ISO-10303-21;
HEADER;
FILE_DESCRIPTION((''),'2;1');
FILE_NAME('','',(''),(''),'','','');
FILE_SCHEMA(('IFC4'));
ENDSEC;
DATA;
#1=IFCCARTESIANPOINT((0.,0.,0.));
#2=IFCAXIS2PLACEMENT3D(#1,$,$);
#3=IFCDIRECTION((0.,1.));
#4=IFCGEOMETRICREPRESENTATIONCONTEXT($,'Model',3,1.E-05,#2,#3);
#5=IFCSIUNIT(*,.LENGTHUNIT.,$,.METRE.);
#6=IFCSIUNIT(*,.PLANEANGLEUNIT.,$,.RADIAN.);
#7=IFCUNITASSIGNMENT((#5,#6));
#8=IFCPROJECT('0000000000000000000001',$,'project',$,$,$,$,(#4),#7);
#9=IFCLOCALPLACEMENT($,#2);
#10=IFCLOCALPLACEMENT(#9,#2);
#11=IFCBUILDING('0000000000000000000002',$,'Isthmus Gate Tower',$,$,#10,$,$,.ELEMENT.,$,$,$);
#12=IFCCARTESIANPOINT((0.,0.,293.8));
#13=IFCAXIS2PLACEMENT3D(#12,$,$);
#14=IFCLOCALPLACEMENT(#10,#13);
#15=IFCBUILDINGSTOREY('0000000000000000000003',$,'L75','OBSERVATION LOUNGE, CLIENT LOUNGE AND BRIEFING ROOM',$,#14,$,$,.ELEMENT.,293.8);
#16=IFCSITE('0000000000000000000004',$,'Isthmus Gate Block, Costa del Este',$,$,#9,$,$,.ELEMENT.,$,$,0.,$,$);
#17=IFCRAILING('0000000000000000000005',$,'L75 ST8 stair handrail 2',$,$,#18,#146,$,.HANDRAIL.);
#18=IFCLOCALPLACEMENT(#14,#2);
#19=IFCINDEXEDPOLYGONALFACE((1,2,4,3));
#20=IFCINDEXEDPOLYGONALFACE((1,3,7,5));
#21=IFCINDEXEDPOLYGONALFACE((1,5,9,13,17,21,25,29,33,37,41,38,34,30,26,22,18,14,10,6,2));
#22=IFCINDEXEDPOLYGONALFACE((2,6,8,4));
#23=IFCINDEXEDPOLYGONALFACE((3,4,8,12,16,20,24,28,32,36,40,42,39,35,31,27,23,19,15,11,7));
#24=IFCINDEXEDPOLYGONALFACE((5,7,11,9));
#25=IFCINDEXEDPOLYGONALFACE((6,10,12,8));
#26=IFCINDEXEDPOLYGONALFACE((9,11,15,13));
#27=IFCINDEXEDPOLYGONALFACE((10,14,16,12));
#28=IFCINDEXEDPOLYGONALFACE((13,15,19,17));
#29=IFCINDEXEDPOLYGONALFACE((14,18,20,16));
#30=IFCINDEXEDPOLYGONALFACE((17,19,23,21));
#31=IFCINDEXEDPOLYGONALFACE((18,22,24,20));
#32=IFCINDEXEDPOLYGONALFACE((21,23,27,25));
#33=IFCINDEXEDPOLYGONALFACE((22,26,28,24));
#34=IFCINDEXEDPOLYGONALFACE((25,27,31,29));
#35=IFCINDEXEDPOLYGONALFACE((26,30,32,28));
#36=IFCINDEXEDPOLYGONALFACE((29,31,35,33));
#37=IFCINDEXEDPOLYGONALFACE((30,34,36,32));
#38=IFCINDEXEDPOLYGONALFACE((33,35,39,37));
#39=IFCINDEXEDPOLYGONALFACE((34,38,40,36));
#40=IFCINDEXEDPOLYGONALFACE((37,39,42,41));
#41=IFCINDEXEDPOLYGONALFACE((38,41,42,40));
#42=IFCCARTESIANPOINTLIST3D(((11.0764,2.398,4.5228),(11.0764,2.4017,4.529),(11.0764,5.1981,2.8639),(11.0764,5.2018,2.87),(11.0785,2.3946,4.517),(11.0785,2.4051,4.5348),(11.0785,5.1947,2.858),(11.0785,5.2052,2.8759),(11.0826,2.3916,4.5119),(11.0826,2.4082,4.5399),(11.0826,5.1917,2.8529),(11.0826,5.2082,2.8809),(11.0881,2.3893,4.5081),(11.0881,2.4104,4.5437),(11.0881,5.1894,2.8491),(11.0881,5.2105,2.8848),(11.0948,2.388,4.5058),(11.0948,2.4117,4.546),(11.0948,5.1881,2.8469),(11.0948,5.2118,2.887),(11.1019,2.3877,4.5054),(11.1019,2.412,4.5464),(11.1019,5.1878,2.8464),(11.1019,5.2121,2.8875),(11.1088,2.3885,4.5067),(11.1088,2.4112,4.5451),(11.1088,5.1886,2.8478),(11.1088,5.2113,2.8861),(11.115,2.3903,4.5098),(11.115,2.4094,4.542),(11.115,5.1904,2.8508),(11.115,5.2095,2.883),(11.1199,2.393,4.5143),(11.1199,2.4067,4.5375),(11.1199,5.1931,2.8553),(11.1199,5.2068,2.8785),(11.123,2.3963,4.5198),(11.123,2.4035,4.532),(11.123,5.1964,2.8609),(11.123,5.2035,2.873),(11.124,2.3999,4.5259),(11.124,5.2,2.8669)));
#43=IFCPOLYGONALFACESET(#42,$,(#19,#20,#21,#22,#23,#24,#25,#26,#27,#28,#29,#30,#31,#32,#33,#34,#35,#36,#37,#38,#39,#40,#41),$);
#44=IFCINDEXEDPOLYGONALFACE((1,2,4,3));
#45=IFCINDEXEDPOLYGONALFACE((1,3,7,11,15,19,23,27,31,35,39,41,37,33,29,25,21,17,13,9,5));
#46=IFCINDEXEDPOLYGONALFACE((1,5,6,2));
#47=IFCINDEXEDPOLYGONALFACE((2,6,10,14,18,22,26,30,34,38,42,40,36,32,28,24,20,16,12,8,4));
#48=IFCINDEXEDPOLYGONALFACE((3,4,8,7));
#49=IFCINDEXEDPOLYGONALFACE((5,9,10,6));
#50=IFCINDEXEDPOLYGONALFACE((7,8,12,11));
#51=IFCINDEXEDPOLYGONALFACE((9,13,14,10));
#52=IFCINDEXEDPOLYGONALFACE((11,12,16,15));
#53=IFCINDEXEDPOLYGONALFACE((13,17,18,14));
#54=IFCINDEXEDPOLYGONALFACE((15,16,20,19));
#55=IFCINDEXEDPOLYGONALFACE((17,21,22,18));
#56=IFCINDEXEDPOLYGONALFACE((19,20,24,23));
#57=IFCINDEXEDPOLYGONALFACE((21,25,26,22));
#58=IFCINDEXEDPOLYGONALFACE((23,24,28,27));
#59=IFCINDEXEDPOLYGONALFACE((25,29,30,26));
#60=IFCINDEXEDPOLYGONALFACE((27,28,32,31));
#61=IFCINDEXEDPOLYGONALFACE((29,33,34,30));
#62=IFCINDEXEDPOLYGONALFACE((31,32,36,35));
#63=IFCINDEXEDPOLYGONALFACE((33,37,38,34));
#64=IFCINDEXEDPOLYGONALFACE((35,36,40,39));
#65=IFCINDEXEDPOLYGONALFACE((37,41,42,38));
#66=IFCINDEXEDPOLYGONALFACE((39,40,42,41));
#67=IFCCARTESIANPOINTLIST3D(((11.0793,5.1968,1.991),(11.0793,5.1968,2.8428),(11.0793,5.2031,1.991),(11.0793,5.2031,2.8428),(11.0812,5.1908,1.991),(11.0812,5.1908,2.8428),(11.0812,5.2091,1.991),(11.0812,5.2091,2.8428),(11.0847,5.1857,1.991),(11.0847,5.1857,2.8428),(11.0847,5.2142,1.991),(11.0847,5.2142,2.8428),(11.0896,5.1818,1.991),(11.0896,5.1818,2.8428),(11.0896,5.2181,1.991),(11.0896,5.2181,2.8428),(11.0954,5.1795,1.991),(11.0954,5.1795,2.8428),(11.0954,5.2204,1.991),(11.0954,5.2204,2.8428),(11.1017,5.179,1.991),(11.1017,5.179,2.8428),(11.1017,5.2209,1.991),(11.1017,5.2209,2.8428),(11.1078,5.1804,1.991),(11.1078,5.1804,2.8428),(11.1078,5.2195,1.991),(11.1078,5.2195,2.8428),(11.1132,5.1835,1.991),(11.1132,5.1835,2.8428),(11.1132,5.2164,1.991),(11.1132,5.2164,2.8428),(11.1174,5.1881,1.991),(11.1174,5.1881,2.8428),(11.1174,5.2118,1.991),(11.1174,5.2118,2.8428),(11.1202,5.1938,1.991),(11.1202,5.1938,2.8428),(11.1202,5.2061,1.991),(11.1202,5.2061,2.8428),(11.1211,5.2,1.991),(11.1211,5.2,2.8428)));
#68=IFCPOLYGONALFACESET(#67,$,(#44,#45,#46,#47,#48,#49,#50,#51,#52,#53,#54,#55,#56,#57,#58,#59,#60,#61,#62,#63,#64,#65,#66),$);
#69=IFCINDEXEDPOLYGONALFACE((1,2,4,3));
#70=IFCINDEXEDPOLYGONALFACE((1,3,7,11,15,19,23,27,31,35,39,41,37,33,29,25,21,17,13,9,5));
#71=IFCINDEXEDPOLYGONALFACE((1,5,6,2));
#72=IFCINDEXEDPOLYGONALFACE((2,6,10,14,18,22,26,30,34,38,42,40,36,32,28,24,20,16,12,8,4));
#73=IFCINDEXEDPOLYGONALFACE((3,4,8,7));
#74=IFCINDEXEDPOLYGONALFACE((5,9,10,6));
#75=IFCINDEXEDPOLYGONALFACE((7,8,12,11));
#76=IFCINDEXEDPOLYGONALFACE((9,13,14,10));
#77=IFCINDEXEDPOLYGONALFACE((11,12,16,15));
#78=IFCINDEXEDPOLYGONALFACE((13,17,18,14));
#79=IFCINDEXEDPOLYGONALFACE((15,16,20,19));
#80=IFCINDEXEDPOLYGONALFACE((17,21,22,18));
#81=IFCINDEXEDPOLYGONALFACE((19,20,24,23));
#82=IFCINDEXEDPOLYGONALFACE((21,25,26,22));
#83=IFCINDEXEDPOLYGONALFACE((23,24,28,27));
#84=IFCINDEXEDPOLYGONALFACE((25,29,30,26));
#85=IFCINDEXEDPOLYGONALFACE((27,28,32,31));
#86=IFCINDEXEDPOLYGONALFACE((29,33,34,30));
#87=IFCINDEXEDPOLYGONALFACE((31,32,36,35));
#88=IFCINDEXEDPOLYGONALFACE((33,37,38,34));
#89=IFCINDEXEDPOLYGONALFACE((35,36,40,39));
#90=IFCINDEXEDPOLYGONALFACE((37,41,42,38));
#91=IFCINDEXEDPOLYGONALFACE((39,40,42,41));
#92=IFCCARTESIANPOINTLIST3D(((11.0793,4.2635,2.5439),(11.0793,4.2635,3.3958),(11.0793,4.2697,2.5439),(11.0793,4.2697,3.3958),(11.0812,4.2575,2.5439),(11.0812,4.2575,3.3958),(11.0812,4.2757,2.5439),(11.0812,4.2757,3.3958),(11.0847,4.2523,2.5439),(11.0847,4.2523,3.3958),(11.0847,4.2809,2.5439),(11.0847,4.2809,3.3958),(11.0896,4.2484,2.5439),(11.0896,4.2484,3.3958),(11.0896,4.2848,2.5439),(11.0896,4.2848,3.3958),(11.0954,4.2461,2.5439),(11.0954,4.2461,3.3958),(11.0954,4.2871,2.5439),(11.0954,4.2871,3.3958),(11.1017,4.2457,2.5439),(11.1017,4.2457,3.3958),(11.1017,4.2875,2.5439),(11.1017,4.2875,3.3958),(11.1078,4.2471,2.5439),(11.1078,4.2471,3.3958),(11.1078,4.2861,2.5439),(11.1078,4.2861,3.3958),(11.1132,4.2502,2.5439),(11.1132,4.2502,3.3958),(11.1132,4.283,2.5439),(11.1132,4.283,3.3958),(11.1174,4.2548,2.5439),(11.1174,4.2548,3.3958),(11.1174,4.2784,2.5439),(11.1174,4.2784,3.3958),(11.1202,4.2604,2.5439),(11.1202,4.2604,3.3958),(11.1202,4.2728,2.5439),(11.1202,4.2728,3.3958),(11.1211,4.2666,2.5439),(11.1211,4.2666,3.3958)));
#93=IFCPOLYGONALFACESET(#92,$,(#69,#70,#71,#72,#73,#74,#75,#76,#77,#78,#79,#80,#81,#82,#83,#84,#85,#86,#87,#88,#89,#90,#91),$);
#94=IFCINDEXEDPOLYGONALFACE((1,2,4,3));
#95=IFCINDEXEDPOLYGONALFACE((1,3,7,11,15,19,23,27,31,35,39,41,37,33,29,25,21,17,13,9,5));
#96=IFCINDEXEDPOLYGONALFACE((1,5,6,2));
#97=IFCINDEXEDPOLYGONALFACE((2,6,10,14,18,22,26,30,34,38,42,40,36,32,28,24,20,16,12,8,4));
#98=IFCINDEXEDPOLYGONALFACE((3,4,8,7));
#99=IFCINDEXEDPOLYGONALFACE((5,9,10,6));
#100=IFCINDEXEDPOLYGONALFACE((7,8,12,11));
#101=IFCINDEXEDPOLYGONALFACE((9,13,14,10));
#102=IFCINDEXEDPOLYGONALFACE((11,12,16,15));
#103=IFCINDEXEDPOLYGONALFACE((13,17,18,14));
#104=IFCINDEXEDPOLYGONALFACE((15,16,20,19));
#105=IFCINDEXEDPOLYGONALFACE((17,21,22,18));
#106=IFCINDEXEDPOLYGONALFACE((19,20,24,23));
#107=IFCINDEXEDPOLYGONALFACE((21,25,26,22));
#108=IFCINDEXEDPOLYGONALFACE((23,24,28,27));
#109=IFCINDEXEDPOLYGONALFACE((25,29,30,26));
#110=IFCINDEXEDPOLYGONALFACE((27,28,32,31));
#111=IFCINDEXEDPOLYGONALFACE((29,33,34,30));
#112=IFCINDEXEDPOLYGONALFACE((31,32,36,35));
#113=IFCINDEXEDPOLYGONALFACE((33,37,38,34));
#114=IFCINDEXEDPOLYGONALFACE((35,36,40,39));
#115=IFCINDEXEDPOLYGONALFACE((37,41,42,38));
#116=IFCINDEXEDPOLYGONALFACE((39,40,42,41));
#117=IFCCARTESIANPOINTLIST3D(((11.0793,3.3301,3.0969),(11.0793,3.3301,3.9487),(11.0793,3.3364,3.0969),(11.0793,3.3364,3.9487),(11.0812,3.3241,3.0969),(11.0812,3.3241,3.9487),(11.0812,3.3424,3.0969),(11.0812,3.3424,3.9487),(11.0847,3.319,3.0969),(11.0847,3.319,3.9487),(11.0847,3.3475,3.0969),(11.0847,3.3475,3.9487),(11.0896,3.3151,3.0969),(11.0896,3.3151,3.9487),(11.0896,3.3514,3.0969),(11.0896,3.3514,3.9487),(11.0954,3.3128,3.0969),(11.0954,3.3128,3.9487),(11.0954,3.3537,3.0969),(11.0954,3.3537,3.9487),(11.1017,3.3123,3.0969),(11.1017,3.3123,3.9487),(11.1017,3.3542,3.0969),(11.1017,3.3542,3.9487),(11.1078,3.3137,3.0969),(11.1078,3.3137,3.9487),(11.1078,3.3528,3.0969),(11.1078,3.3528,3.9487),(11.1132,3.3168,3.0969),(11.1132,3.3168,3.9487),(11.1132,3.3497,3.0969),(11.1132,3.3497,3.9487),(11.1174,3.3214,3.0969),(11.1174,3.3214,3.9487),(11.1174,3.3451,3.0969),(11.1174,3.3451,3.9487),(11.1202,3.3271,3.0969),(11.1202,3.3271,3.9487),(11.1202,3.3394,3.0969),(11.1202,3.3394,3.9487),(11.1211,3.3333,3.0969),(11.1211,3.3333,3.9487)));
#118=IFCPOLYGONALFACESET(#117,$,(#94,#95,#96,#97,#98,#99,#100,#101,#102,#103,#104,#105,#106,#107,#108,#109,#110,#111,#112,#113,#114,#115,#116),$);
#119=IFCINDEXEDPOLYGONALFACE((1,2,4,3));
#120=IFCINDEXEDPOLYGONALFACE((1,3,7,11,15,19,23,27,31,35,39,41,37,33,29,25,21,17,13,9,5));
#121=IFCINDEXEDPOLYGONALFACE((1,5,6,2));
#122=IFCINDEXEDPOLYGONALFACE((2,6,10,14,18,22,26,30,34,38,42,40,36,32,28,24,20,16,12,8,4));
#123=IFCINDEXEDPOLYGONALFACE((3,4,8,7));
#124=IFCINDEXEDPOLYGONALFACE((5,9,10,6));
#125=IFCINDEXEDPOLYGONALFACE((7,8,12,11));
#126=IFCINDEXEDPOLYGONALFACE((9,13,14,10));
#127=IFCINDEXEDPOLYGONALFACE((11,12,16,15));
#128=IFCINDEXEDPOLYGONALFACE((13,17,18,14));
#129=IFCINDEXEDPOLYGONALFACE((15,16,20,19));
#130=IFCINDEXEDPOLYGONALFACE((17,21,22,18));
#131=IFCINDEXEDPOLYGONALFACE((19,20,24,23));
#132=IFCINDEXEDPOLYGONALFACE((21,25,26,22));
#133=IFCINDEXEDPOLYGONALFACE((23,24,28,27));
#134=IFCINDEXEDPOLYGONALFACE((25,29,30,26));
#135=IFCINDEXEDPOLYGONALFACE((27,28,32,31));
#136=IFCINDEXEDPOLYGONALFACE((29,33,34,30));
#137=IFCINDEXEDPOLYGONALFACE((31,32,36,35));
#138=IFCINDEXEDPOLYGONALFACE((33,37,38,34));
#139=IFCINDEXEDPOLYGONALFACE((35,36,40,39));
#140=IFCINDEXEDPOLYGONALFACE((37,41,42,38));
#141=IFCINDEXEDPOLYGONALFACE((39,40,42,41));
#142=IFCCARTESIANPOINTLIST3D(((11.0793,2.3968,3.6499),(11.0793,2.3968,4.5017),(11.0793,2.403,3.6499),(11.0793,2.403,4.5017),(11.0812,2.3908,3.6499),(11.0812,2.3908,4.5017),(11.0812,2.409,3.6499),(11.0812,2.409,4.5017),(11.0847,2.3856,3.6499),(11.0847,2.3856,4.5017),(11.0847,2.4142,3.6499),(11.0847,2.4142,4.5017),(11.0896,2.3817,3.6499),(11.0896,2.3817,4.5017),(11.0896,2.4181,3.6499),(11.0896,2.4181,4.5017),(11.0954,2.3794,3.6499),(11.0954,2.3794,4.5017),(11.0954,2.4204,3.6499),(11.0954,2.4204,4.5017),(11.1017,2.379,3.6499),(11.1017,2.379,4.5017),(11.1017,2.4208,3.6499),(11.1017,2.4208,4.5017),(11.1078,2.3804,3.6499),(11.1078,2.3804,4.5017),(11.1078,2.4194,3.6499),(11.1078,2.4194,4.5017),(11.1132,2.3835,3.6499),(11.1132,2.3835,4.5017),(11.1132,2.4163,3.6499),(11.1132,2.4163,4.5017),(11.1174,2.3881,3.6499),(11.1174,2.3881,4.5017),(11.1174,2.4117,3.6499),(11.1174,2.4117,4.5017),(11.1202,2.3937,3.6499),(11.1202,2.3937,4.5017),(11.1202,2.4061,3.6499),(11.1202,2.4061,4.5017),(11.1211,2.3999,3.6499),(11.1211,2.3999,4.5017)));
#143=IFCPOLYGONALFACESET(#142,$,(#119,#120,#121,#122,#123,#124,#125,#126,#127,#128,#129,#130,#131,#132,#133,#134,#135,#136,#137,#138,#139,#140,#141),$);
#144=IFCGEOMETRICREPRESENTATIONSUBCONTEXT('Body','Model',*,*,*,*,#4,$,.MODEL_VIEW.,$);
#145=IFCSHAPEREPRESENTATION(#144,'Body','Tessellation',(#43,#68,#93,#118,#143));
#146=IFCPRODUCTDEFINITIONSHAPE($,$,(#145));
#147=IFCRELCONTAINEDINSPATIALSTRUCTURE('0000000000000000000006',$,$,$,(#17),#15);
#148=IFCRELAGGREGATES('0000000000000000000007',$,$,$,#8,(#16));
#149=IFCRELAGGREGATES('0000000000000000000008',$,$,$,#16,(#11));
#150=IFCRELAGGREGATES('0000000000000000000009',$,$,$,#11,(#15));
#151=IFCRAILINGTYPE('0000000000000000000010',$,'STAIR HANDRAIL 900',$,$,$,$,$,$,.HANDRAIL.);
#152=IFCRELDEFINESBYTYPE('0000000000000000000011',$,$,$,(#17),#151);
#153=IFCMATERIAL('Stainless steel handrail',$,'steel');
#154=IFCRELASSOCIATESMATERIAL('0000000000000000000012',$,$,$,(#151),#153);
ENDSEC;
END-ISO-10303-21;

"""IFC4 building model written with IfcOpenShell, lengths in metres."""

from ifc_helpers import new_model, si_unit, direction, frame, origin, origin_2d, place, context, subcontext, project, spatial, circle, extrude, material, type_object, element, save


model = new_model("IFC4")

# Units and contexts
model_context = context("Model", 3, precision=1e-05, world=origin(), true_north=direction((0.0, 1.0)))
body_context = subcontext(model_context, "Body", "Model", "MODEL_VIEW")
ifc_project = project(units=[si_unit("LENGTHUNIT", "METRE"), si_unit("PLANEANGLEUNIT", "RADIAN")], contexts=[model_context])

# Site, building, storey
site_placement = place(None, origin())
site = spatial("IfcSite", under=ifc_project, at=site_placement, Name="Isthmus Gate Block, Costa del Este", CompositionType="ELEMENT", RefElevation=0.0)
building_placement = place(site_placement, origin())
building = spatial("IfcBuilding", under=site, at=building_placement, Name="Isthmus Gate Tower", CompositionType="ELEMENT")
storey_placement = place(building_placement, frame((0.0, 0.0, 293.8)))
storey = spatial("IfcBuildingStorey", under=building, at=storey_placement, Name="L75", Description="OBSERVATION LOUNGE, CLIENT LOUNGE AND BRIEFING ROOM", CompositionType="ELEMENT", Elevation=293.8)

# Railing
ifc_material_1 = material(Name="Stainless steel handrail", Category="steel")
railing_type_1 = type_object("IfcRailingType", Name="STAIR HANDRAIL 900", PredefinedType="HANDRAIL", material=ifc_material_1)
railing_1_placement = place(storey_placement, frame((11.1001, 5.2, 1.991)))
element("IfcRailing", 1, at=railing_1_placement, inside=storey, type_object=railing_type_1, Name="L75 ST8 stair handrail 2", PredefinedType="HANDRAIL", context=body_context, shape_type="SweptSolid", body=[
    extrude(circle(Radius=0.0239, at=origin_2d()), frame((0.0, 0.0, 0.876), z_axis=(0.0, -0.860339, 0.509722), x_axis=(1.0, 0.0, 0.0)), (0.0, 0.0, 1.0), 3.2546),
    extrude(circle(Radius=0.021, at=origin_2d()), origin(), (0.0, 0.0, 1.0), 0.8518),
    extrude(circle(Radius=0.021, at=origin_2d()), frame((0.0, -0.9333, 0.553)), (0.0, 0.0, 1.0), 0.8518),
    extrude(circle(Radius=0.021, at=origin_2d()), frame((0.0, -1.8667, 1.106)), (0.0, 0.0, 1.0), 0.8518),
    extrude(circle(Radius=0.021, at=origin_2d()), frame((0.0, -2.8, 1.6589)), (0.0, 0.0, 1.0), 0.8518),
])

save(model, "model.ifc")
